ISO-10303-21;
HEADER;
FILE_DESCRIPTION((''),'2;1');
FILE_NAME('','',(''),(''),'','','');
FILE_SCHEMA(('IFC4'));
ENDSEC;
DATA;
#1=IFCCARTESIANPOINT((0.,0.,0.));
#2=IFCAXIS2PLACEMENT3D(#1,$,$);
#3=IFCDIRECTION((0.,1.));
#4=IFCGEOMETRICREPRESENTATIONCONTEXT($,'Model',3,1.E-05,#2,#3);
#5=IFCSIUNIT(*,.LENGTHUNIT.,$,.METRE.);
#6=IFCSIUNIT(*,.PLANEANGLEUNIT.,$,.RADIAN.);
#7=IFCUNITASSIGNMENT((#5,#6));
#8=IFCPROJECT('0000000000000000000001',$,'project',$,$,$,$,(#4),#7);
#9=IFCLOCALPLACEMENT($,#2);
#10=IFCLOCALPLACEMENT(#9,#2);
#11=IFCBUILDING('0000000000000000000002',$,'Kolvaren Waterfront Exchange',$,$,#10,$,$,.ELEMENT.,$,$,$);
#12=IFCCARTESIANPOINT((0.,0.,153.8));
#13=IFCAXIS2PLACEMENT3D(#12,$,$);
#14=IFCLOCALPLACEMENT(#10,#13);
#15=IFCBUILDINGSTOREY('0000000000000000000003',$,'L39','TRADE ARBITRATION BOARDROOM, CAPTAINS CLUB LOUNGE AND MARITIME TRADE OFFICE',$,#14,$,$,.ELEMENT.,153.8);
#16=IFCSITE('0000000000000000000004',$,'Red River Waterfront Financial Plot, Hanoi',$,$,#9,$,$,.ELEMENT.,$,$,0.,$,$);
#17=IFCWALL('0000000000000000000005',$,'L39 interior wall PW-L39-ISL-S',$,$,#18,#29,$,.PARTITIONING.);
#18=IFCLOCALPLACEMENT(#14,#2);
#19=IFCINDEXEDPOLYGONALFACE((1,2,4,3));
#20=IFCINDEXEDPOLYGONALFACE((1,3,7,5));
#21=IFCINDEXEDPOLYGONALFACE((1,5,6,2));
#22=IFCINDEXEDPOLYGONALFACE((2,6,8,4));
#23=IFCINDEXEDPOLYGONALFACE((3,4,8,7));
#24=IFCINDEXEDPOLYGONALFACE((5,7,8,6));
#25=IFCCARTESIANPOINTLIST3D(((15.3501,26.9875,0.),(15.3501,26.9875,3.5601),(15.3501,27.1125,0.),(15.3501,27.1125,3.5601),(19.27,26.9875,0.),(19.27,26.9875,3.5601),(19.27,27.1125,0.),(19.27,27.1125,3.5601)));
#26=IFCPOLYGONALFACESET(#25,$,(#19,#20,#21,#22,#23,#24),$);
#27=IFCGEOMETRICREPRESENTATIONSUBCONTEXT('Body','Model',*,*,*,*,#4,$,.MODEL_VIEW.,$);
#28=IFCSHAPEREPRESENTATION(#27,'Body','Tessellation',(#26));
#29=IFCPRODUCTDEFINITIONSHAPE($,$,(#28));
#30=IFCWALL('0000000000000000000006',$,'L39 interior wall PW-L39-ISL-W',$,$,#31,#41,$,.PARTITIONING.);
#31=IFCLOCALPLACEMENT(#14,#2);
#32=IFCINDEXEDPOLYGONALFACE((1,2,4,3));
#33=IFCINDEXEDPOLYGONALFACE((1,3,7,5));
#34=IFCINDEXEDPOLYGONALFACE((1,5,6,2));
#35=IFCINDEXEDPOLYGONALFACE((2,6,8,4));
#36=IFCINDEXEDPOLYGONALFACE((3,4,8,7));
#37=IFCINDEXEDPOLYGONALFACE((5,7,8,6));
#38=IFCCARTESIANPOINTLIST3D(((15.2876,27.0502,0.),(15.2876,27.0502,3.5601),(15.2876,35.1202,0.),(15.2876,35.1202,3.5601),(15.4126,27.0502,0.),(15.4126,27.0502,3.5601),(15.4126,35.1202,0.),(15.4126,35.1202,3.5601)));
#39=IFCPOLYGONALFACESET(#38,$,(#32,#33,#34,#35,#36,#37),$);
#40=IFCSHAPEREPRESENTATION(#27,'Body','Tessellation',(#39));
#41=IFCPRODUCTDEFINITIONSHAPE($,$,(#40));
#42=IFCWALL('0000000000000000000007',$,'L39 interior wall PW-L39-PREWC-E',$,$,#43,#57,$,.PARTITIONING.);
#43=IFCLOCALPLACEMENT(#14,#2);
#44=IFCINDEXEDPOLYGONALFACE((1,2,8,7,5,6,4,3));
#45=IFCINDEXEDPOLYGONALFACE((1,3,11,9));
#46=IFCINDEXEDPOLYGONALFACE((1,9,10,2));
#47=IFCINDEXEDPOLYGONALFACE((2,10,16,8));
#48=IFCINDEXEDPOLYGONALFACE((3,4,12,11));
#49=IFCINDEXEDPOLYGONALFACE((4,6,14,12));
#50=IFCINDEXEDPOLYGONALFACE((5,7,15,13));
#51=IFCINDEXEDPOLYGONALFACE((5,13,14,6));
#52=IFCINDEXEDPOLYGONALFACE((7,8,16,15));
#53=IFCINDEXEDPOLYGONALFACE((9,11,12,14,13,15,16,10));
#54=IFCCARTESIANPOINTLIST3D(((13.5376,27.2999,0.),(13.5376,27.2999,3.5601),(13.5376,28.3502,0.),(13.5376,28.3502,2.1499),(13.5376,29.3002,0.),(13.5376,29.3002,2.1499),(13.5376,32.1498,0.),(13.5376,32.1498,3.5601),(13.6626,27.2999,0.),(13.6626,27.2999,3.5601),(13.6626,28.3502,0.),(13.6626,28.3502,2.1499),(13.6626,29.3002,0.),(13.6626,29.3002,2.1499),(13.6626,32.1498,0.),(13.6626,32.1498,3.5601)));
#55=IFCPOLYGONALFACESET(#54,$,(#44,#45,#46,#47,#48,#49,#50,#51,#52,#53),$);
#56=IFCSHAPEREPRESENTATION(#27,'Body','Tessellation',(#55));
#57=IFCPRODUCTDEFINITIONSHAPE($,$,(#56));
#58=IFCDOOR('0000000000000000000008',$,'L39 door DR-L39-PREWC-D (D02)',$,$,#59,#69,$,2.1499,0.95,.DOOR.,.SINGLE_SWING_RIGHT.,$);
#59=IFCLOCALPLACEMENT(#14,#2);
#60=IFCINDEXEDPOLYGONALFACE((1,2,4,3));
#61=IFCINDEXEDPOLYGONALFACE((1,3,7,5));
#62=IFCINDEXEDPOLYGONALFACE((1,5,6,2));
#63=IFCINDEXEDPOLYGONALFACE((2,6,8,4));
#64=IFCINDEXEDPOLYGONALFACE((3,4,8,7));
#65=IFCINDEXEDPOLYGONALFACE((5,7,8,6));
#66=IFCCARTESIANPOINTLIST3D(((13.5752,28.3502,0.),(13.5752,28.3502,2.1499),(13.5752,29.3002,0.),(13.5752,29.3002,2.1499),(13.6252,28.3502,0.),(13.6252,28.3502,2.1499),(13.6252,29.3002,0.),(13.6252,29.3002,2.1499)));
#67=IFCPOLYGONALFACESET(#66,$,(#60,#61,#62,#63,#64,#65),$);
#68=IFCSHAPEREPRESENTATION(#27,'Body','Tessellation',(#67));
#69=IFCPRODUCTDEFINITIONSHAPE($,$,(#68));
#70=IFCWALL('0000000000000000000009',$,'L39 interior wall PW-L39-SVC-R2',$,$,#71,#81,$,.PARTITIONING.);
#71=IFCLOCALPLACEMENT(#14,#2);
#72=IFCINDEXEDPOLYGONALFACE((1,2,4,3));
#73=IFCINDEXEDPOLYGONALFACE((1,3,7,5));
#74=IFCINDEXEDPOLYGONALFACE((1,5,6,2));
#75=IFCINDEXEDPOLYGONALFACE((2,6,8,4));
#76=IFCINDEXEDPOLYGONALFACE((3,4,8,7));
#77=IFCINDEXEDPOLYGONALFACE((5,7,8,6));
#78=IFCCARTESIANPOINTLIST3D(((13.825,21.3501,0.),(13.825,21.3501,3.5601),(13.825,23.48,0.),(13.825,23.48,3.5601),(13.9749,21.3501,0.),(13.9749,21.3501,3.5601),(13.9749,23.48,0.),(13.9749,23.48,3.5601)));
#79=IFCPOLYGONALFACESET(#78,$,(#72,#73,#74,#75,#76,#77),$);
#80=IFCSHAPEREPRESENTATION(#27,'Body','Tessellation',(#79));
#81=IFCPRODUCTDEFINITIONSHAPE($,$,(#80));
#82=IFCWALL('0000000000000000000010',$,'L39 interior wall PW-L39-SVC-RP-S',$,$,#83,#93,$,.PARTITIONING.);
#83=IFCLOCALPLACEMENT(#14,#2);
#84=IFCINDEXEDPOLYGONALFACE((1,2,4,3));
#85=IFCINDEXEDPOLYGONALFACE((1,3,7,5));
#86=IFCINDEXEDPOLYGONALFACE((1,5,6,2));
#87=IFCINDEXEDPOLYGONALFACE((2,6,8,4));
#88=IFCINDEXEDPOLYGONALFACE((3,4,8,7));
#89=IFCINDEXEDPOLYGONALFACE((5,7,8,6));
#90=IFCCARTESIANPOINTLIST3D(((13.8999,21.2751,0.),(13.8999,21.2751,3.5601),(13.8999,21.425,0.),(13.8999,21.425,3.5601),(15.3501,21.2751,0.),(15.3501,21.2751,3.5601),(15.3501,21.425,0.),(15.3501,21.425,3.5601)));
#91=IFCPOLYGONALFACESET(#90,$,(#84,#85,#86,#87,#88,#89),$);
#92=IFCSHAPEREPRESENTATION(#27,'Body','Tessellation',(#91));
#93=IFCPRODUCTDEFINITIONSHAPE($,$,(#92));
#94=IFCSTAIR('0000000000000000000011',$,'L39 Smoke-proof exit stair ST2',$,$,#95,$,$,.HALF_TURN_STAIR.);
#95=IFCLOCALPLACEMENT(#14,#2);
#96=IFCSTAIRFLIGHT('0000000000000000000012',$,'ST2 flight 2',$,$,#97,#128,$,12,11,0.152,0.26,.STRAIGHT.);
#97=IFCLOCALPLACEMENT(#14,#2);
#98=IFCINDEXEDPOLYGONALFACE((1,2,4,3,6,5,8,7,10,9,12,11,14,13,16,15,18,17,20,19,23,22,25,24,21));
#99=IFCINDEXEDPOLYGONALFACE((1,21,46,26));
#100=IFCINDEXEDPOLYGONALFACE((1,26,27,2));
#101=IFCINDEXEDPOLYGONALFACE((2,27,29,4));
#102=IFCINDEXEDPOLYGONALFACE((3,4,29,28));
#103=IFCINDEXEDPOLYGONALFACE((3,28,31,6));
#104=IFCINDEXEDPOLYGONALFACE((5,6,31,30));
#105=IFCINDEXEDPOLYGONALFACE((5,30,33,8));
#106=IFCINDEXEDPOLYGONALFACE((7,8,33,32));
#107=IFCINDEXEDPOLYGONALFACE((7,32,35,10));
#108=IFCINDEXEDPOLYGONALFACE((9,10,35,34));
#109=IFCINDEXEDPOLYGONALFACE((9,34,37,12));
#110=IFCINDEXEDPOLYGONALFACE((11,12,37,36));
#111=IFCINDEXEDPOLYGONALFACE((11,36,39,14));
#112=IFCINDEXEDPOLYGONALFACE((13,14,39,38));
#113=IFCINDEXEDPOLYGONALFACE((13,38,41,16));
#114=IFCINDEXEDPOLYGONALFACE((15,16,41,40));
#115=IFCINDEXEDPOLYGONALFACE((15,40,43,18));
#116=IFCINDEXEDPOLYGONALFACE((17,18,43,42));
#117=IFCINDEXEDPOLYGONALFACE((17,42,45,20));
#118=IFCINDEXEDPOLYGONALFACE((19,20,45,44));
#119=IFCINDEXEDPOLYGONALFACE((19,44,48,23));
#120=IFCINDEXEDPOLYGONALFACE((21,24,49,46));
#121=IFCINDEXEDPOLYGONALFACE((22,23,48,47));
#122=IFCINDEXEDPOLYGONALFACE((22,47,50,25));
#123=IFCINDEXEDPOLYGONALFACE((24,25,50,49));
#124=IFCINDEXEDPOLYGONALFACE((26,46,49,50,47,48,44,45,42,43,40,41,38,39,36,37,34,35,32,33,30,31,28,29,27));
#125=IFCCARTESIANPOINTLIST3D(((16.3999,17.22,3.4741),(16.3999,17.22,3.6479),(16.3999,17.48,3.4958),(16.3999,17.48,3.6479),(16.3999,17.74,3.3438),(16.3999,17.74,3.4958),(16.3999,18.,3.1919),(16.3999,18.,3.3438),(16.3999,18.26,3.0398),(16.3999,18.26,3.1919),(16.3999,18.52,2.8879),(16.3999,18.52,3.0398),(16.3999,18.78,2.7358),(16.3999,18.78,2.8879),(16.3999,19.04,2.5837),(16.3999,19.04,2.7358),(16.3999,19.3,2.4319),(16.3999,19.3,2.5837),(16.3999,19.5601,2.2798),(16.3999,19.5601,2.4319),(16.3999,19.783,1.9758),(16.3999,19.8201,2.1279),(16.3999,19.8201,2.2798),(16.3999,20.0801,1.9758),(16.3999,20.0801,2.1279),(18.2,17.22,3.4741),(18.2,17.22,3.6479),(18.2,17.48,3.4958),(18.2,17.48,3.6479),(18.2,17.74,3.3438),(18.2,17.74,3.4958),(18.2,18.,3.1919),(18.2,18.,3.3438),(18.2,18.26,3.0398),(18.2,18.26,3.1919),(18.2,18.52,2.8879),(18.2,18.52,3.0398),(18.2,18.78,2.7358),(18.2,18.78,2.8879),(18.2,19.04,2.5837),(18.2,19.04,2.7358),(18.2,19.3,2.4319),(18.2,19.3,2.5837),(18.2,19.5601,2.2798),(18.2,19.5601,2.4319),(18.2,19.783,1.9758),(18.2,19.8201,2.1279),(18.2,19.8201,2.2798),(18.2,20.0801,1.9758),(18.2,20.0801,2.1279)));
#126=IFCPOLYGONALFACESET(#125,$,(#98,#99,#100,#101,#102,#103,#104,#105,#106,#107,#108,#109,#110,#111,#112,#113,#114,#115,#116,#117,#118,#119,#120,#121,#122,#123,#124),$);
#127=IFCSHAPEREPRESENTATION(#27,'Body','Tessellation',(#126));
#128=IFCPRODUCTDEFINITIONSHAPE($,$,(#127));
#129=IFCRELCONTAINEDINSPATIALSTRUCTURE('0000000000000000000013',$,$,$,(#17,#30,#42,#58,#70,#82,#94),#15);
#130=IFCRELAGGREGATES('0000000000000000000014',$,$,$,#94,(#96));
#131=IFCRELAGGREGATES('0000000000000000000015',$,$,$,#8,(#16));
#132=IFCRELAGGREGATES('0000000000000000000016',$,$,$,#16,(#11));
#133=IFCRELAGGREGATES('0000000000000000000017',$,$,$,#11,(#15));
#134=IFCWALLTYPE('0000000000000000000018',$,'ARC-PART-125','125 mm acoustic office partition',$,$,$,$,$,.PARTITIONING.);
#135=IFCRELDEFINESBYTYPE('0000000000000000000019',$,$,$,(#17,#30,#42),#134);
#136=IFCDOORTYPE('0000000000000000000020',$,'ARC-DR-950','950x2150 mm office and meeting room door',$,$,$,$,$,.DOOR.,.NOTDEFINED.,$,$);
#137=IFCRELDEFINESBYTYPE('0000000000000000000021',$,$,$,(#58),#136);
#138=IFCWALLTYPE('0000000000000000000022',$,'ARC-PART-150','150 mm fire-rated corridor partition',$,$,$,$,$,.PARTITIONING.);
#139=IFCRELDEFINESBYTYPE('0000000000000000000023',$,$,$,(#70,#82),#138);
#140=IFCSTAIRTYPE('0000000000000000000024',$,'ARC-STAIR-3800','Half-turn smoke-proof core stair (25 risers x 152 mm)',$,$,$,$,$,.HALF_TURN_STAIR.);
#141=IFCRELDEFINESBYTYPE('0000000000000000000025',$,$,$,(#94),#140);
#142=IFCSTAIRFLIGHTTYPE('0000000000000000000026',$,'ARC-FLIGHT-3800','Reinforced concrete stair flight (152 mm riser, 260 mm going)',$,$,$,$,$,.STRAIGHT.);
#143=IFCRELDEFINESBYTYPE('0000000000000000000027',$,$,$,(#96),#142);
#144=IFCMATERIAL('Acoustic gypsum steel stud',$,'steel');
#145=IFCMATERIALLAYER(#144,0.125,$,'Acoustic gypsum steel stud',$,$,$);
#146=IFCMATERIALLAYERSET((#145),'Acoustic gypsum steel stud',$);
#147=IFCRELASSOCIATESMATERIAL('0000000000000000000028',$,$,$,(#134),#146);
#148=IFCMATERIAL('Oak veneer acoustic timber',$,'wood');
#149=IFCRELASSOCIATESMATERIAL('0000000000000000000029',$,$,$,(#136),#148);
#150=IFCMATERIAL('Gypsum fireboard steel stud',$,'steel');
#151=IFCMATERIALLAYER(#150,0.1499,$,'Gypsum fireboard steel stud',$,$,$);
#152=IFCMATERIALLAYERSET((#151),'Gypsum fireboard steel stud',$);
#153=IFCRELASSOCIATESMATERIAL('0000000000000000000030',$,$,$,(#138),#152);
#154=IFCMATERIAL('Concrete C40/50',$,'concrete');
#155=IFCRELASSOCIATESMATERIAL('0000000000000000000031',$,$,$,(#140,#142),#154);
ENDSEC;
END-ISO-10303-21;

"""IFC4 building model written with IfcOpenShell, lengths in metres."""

from ifc_helpers import new_model, si_unit, direction, frame, frame_2d, origin, place, context, subcontext, project, spatial, polyline, rectangle, outline, extrude, material, layer, layer_set, type_object, element, fill, aggregate, save


model = new_model("IFC4")

# Units and contexts
model_context = context("Model", 3, precision=1e-05, world=origin(), true_north=direction((0.0, 1.0)))
body_context = subcontext(model_context, "Body", "Model", "MODEL_VIEW")
ifc_project = project(units=[si_unit("LENGTHUNIT", "METRE"), si_unit("PLANEANGLEUNIT", "RADIAN")], contexts=[model_context])

# Site, building, storey
site_placement = place(None, origin())
site = spatial("IfcSite", under=ifc_project, at=site_placement, Name="Red River Waterfront Financial Plot, Hanoi", CompositionType="ELEMENT", RefElevation=0.0)
building_placement = place(site_placement, origin())
building = spatial("IfcBuilding", under=site, at=building_placement, Name="Kolvaren Waterfront Exchange", CompositionType="ELEMENT")
storey_placement = place(building_placement, frame((0.0, 0.0, 153.8)))
storey = spatial("IfcBuildingStorey", under=building, at=storey_placement, Name="L39", Description="TRADE ARBITRATION BOARDROOM, CAPTAINS CLUB LOUNGE AND MARITIME TRADE OFFICE", CompositionType="ELEMENT", Elevation=153.8)

# Walls
ifc_material_1 = material(Name="Acoustic gypsum steel stud", Category="steel")
ifc_layer_1 = layer(ifc_material_1, 0.125, Name="Acoustic gypsum steel stud")
ifc_layer_set_1 = layer_set([ifc_layer_1], Name="Acoustic gypsum steel stud")
wall_type_1 = type_object("IfcWallType", Name="ARC-PART-125", Description="125 mm acoustic office partition", PredefinedType="PARTITIONING", material=ifc_layer_set_1)
wall_1_placement = place(storey_placement, frame((15.3501, 27.05, 0.0), z_axis=(0.0, 0.0, 1.0), x_axis=(1.0, 0.0, 0.0)))
element("IfcWall", 1, at=wall_1_placement, inside=storey, type_object=wall_type_1, Name="L39 interior wall PW-L39-ISL-S", PredefinedType="PARTITIONING", context=body_context, shape_type="SweptSolid", body=[
    extrude(rectangle(XDim=3.9199, YDim=0.125, at=frame_2d((1.96, 0.0))), origin(), (0.0, 0.0, 1.0), 3.5601),
])
wall_2_placement = place(storey_placement, frame((15.3501, 27.05, 0.0), z_axis=(0.0, 0.0, 1.0), x_axis=(0.0, 1.0, 0.0)))
element("IfcWall", 2, at=wall_2_placement, inside=storey, type_object=wall_type_1, Name="L39 interior wall PW-L39-ISL-W", PredefinedType="PARTITIONING", context=body_context, shape_type="SweptSolid", body=[
    extrude(rectangle(XDim=8.0701, YDim=0.125, at=frame_2d((4.0352, 0.0))), origin(), (0.0, 0.0, 1.0), 3.5601),
])

# Wall, opening, door
wall_3_placement = place(storey_placement, frame((13.6001, 27.3, 0.0), z_axis=(0.0, 0.0, 1.0), x_axis=(0.0, 1.0, 0.0)))
wall_3 = element("IfcWall", 3, at=wall_3_placement, inside=storey, type_object=wall_type_1, Name="L39 interior wall PW-L39-PREWC-E", PredefinedType="PARTITIONING", context=body_context, shape_type="SweptSolid", body=[
    extrude(rectangle(XDim=4.8499, YDim=0.125, at=frame_2d((2.4248, 0.0))), origin(), (0.0, 0.0, 1.0), 3.5601),
])
opening_1_placement = place(wall_3_placement, frame((1.05, 0.0, 0.0)))
opening_1 = element("IfcOpeningElement", 4, at=opening_1_placement, cuts=wall_3, PredefinedType="OPENING", context=body_context, shape_type="SweptSolid", body=[
    extrude(rectangle(XDim=0.95, YDim=2.1499, at=frame_2d((0.4751, 1.075))), frame((0.0, 0.0725, 0.0), z_axis=(0.0, -1.0, 0.0), x_axis=(1.0, 0.0, 0.0)), (0.0, 0.0, 1.0), 0.145),
])
ifc_material_2 = material(Name="Oak veneer acoustic timber", Category="wood")
door_type_1 = type_object("IfcDoorType", Name="ARC-DR-950", Description="950x2150 mm office and meeting room door", OperationType="NOTDEFINED", PredefinedType="DOOR", material=ifc_material_2)
door_1_placement = place(opening_1_placement, origin())
door_1 = element("IfcDoor", 5, at=door_1_placement, inside=storey, type_object=door_type_1, Name="L39 door DR-L39-PREWC-D (D02)", OperationType="SINGLE_SWING_RIGHT", OverallHeight=2.1499, OverallWidth=0.95, PredefinedType="DOOR", context=body_context, shape_type="SweptSolid", body=[
    extrude(rectangle(XDim=0.95, YDim=2.1499, at=frame_2d((0.4751, 1.075))), frame((0.0, 0.0249, 0.0), z_axis=(0.0, -1.0, 0.0), x_axis=(1.0, 0.0, 0.0)), (0.0, 0.0, 1.0), 0.05),
])
fill(opening_1, door_1)

# Walls
ifc_material_3 = material(Name="Gypsum fireboard steel stud", Category="steel")
ifc_layer_2 = layer(ifc_material_3, 0.1499, Name="Gypsum fireboard steel stud")
ifc_layer_set_2 = layer_set([ifc_layer_2], Name="Gypsum fireboard steel stud")
wall_type_2 = type_object("IfcWallType", Name="ARC-PART-150", Description="150 mm fire-rated corridor partition", PredefinedType="PARTITIONING", material=ifc_layer_set_2)
wall_4_placement = place(storey_placement, frame((13.8999, 21.3501, 0.0), z_axis=(0.0, 0.0, 1.0), x_axis=(0.0, 1.0, 0.0)))
element("IfcWall", 6, at=wall_4_placement, inside=storey, type_object=wall_type_2, Name="L39 interior wall PW-L39-SVC-R2", PredefinedType="PARTITIONING", context=body_context, shape_type="SweptSolid", body=[
    extrude(rectangle(XDim=2.1299, YDim=0.1499, at=frame_2d((1.0649, 0.0))), origin(), (0.0, 0.0, 1.0), 3.5601),
])
wall_5_placement = place(storey_placement, frame((13.8999, 21.3501, 0.0), z_axis=(0.0, 0.0, 1.0), x_axis=(1.0, 0.0, 0.0)))
element("IfcWall", 7, at=wall_5_placement, inside=storey, type_object=wall_type_2, Name="L39 interior wall PW-L39-SVC-RP-S", PredefinedType="PARTITIONING", context=body_context, shape_type="SweptSolid", body=[
    extrude(rectangle(XDim=1.4502, YDim=0.1499, at=frame_2d((0.7251, 0.0))), origin(), (0.0, 0.0, 1.0), 3.5601),
])

# Stair, stair flight
ifc_material_4 = material(Name="Concrete C40/50", Category="concrete")
stair_type = type_object("IfcStairType", Name="ARC-STAIR-3800", Description="Half-turn smoke-proof core stair (25 risers x 152 mm)", PredefinedType="HALF_TURN_STAIR", material=ifc_material_4)
stair_placement = place(storey_placement, origin())
stair = element("IfcStair", 8, at=stair_placement, inside=storey, type_object=stair_type, Name="L39 Smoke-proof exit stair ST2", PredefinedType="HALF_TURN_STAIR")
stair_flight_type = type_object("IfcStairFlightType", Name="ARC-FLIGHT-3800", Description="Reinforced concrete stair flight (152 mm riser, 260 mm going)", PredefinedType="STRAIGHT", material=ifc_material_4)
stair_flight_placement = place(storey_placement, frame((17.3, 20.0801, 1.9758), z_axis=(0.0, 0.0, 1.0), x_axis=(0.0, -1.0, 0.0)))
stair_flight = element("IfcStairFlight", 9, at=stair_flight_placement, type_object=stair_flight_type, Name="ST2 flight 2", NumberOfRisers=12, NumberOfTreads=11, PredefinedType="STRAIGHT", RiserHeight=0.152, TreadLength=0.26, context=body_context, shape_type="SweptSolid", body=[
    extrude(outline(polyline([(0.0, 0.0), (0.0, 0.1521), (0.26, 0.1521), (0.26, 0.304), (0.52, 0.304), (0.52, 0.4561), (0.78, 0.4561), (0.78, 0.6079), (1.04, 0.6079), (1.04, 0.76), (1.3, 0.76), (1.3, 0.9121), (1.5601, 0.9121), (1.5601, 1.064), (1.8201, 1.064), (1.8201, 1.2161), (2.0801, 1.2161), (2.0801, 1.3679), (2.3401, 1.3679), (2.3401, 1.52), (2.6001, 1.52), (2.6001, 1.6721), (2.8601, 1.6721), (2.8601, 1.824), (2.8601, 1.4983), (0.2971, 0.0), (0.0, 0.0)])), frame((0.0, 0.8999, 0.0), z_axis=(0.0, -1.0, 0.0), x_axis=(1.0, 0.0, 0.0)), (0.0, 0.0, 1.0), 1.8),
])
aggregate(stair, [stair_flight])

save(model, "model.ifc")
